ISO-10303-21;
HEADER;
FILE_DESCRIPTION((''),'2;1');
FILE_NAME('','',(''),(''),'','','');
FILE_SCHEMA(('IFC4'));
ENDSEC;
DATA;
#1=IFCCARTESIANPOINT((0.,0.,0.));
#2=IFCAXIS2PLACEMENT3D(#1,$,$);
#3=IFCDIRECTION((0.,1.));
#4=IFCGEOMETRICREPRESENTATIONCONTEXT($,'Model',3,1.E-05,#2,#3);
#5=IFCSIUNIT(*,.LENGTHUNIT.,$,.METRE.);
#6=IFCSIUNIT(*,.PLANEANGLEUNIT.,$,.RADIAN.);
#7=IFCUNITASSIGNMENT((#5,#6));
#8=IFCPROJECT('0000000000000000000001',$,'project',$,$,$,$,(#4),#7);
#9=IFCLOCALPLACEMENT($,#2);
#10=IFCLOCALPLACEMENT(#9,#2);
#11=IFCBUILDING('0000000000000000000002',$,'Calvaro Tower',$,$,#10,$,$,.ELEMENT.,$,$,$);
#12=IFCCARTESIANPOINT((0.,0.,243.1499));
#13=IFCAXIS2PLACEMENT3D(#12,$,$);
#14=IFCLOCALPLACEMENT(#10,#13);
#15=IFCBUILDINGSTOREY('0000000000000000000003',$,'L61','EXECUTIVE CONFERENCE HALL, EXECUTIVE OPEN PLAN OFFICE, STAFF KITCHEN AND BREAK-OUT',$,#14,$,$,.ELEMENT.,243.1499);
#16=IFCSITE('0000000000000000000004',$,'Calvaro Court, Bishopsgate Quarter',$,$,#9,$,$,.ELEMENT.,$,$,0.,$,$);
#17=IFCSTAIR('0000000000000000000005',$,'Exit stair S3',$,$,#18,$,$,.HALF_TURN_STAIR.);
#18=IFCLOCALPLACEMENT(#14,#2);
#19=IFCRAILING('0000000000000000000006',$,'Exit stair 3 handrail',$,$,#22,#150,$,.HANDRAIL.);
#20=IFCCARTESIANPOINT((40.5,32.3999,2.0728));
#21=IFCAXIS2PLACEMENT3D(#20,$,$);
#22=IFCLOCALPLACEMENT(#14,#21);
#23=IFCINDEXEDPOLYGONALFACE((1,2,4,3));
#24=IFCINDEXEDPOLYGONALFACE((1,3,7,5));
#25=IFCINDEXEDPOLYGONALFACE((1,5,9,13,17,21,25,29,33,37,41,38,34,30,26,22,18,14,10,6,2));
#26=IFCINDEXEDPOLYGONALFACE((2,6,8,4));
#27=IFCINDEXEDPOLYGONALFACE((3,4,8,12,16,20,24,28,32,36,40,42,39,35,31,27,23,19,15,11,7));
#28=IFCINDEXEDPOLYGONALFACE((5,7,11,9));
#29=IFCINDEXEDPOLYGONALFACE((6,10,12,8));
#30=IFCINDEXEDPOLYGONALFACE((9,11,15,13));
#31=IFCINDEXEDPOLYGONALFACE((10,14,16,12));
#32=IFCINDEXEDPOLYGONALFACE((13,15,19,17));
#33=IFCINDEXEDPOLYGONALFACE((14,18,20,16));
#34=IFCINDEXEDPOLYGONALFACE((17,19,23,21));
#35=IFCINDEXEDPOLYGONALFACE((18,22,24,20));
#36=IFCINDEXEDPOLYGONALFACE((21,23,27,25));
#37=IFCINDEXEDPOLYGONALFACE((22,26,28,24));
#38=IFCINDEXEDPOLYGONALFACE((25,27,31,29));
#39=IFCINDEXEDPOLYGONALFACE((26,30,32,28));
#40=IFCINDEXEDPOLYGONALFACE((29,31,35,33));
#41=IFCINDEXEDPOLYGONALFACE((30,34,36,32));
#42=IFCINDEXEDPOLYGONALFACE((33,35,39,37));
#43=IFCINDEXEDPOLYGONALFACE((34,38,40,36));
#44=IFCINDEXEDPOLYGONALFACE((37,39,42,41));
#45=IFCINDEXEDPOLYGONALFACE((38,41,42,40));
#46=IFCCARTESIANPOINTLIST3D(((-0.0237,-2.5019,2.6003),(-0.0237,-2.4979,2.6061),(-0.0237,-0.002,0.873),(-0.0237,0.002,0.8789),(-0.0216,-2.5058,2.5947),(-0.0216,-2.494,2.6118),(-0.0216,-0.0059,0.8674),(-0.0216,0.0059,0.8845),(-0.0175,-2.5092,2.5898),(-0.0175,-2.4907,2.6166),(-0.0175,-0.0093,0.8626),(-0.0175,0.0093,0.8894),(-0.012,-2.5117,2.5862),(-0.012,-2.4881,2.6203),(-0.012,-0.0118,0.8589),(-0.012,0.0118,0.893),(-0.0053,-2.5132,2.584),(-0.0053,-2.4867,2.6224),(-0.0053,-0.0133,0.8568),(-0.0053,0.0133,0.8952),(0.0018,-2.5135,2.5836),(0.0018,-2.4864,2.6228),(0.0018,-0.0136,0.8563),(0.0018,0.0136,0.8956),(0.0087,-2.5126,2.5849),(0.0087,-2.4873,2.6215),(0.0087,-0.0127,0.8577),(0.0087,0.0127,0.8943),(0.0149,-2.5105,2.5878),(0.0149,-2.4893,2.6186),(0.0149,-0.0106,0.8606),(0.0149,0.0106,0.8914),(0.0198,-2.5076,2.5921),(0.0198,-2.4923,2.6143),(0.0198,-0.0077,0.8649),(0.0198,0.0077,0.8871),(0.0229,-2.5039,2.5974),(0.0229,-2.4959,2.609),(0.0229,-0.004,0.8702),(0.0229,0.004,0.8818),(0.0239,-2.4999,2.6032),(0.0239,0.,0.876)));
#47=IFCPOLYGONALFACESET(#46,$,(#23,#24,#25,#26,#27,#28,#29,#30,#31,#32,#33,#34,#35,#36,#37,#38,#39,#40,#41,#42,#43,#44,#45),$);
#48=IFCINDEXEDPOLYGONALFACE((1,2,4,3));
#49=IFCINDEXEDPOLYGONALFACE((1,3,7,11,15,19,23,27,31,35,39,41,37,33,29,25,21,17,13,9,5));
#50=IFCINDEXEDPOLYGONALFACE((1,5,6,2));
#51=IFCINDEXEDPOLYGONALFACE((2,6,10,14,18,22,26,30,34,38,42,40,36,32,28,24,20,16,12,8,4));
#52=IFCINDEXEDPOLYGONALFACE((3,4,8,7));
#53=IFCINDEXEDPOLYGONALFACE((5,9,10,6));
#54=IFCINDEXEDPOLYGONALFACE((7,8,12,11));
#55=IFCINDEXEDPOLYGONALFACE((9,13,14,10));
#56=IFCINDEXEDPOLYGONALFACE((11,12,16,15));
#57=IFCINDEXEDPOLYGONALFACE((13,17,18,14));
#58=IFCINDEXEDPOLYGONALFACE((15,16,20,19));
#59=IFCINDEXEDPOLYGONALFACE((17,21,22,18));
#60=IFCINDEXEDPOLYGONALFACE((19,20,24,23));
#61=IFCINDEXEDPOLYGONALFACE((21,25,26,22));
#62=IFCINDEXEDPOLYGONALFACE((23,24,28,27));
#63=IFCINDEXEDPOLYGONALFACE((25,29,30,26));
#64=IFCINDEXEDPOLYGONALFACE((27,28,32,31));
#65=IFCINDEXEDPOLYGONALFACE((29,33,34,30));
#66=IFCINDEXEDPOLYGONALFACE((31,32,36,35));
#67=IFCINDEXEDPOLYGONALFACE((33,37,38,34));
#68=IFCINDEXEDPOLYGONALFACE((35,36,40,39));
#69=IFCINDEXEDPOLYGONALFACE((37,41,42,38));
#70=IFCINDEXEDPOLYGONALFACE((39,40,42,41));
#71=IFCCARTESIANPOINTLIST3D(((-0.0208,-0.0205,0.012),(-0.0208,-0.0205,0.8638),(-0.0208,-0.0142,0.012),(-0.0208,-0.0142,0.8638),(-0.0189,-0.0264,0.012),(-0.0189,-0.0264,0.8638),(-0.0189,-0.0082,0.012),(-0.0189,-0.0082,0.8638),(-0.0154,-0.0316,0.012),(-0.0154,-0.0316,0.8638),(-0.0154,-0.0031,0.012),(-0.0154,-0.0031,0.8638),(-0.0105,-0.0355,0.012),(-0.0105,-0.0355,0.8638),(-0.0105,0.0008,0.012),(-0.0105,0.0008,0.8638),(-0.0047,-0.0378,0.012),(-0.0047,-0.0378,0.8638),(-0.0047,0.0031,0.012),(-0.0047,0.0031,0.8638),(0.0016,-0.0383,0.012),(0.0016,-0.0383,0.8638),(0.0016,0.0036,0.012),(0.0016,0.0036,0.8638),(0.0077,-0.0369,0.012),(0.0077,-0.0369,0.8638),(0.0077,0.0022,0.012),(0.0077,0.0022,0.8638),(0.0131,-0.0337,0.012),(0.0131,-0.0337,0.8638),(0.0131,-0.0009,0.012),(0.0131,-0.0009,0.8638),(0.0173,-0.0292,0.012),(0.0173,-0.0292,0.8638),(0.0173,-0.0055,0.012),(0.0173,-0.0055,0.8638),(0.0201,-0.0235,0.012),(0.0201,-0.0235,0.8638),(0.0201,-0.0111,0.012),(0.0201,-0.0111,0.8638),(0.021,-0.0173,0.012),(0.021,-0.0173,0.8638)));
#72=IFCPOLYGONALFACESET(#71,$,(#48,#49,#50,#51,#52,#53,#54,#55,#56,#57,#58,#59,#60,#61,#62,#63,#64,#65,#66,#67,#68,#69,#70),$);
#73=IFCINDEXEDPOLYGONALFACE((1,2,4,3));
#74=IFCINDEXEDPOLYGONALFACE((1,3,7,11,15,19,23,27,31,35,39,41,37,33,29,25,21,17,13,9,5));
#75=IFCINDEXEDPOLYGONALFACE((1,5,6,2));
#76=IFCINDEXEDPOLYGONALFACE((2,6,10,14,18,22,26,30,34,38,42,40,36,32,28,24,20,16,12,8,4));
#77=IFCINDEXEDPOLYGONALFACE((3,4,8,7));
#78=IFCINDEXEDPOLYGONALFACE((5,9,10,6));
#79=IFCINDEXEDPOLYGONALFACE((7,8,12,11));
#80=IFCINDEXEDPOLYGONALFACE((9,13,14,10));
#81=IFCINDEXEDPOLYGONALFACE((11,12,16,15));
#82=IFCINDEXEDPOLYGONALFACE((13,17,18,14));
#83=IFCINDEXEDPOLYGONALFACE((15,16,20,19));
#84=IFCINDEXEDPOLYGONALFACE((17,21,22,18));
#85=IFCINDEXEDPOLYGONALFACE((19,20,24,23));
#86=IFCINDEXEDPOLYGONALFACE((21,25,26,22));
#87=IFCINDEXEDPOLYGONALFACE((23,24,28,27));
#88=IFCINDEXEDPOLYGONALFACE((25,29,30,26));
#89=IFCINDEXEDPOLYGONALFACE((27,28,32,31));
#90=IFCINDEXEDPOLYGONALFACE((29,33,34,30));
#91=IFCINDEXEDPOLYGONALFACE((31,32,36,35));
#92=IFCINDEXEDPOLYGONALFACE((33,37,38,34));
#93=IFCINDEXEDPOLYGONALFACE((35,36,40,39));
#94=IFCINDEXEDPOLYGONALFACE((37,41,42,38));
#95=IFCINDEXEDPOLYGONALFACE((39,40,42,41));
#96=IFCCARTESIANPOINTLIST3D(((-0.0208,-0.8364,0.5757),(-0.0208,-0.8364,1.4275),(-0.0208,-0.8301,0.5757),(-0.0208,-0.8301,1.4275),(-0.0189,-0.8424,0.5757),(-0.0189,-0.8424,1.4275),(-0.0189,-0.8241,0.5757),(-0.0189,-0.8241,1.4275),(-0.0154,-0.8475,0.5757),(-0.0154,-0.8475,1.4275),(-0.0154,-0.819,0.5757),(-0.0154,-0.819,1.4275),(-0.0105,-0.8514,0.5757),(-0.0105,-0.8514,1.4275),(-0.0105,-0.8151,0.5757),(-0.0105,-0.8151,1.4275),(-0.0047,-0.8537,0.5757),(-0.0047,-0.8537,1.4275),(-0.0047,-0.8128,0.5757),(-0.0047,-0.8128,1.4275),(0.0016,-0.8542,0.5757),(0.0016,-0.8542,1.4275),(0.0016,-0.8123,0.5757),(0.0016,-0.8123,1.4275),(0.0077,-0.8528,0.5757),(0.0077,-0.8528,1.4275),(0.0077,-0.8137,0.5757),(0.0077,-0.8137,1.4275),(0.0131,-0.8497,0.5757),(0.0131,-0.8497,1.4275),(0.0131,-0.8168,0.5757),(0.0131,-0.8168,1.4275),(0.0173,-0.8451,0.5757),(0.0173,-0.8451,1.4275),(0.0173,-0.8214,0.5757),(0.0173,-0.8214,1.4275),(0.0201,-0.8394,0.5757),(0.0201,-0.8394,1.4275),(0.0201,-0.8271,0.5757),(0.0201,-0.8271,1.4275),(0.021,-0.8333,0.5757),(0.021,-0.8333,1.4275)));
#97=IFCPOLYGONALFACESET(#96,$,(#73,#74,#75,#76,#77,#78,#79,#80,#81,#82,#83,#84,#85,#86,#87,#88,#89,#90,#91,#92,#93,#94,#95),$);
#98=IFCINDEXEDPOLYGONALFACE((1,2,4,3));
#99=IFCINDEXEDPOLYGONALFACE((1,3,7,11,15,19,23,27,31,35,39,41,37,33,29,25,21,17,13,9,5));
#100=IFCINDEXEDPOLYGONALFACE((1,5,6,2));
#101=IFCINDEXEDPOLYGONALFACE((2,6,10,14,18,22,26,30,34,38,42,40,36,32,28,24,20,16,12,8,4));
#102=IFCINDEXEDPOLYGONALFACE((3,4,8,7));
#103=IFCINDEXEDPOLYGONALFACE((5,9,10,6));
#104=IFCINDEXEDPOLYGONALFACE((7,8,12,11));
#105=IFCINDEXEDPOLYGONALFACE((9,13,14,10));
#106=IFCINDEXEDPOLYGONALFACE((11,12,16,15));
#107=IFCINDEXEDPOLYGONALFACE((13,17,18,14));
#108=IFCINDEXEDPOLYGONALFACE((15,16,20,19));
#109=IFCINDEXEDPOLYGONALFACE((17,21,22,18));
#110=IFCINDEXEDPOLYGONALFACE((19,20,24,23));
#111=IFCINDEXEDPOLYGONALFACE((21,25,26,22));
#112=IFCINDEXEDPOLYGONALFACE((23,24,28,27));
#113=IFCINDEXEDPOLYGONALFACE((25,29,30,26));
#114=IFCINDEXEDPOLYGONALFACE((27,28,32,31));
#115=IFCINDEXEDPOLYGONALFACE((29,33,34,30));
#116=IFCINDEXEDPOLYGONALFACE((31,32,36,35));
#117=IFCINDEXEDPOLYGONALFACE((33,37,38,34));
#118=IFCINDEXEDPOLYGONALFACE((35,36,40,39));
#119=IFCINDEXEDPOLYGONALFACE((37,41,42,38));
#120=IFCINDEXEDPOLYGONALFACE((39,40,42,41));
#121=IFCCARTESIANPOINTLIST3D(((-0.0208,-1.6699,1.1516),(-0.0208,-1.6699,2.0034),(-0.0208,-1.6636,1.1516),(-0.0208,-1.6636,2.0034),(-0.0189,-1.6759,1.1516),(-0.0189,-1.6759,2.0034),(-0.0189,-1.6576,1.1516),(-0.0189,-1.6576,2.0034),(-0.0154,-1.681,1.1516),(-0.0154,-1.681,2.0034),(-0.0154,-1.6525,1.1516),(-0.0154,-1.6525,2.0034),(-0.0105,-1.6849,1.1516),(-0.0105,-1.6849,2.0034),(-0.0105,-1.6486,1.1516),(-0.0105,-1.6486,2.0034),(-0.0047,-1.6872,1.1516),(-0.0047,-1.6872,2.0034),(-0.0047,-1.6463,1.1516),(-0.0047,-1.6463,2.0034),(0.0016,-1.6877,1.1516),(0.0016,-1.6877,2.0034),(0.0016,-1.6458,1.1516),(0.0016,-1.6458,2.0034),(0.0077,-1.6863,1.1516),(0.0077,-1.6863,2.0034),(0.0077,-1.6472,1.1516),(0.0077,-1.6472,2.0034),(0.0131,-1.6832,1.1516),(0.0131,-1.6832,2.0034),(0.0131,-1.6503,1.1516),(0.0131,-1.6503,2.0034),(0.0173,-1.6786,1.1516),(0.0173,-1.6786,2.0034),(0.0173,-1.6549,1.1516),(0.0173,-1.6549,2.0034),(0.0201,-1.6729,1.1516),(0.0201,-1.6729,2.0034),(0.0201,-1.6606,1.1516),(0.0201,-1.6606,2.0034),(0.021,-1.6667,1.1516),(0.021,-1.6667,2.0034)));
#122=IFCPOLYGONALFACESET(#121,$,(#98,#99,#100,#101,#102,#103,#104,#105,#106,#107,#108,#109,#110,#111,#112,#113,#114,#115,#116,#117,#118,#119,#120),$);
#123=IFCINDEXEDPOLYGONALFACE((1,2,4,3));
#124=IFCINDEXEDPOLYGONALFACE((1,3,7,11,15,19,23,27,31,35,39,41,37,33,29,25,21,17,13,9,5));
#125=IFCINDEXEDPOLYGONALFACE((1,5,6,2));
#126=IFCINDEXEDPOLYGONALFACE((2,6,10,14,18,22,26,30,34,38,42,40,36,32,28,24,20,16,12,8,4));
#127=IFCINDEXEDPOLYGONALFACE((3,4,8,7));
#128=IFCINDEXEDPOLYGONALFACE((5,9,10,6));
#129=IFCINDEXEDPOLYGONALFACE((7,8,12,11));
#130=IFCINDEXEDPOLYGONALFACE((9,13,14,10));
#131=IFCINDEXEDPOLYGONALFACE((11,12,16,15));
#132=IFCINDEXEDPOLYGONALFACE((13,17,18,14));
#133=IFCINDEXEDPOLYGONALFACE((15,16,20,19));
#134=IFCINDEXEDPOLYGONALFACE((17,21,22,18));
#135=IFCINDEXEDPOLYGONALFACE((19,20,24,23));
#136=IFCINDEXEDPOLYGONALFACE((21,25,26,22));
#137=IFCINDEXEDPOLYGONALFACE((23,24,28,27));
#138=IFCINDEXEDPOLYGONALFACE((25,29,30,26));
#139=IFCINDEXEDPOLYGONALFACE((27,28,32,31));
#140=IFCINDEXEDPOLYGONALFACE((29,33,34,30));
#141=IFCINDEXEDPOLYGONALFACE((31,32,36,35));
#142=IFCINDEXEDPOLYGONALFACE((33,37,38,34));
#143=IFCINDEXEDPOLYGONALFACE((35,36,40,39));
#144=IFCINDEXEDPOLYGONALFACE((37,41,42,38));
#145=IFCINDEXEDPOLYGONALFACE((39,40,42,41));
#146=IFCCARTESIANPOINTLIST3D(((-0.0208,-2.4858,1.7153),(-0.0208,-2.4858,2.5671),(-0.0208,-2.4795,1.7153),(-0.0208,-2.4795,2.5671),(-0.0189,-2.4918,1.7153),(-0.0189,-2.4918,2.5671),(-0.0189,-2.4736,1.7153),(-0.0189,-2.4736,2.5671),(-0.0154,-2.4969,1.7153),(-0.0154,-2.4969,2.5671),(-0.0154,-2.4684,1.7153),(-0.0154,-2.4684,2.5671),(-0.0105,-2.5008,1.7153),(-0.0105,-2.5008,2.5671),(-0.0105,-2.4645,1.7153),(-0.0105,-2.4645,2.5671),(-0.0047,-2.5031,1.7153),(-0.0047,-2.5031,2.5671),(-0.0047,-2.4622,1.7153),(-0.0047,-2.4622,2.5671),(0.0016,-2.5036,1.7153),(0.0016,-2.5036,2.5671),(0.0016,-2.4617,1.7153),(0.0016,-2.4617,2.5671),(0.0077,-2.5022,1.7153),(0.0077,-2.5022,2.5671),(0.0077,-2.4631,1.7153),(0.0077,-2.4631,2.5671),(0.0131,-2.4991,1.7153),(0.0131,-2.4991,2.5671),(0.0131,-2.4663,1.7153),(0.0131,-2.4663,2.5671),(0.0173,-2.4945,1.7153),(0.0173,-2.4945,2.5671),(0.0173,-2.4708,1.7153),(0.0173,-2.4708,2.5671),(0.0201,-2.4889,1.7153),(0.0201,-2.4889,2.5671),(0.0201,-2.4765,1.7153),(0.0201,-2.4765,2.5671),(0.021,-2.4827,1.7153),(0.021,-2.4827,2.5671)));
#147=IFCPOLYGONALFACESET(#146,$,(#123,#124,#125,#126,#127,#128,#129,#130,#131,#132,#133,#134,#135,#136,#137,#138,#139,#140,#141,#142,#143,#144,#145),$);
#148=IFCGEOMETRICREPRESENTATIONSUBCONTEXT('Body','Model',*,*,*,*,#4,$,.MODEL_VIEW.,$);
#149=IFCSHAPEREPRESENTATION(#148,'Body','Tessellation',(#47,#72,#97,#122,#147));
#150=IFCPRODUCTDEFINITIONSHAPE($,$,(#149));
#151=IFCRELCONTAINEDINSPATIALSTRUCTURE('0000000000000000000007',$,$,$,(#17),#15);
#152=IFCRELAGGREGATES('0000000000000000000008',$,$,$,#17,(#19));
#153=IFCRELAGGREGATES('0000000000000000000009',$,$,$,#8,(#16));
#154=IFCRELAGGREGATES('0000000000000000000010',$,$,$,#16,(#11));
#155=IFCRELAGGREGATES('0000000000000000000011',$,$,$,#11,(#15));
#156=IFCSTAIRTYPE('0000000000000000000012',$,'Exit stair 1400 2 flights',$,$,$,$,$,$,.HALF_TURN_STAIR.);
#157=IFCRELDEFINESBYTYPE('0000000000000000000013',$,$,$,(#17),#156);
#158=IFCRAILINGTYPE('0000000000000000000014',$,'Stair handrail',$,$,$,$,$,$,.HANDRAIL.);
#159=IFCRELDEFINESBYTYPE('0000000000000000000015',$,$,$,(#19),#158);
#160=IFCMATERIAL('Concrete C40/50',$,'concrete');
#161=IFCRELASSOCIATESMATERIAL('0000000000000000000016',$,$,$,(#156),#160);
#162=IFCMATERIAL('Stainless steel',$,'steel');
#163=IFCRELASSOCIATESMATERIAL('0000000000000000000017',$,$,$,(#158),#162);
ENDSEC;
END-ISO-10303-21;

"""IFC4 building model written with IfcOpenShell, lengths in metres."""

from ifc_helpers import new_model, si_unit, direction, frame, origin, origin_2d, place, context, subcontext, project, spatial, circle, extrude, material, type_object, element, aggregate, save


model = new_model("IFC4")

# Units and contexts
model_context = context("Model", 3, precision=1e-05, world=origin(), true_north=direction((0.0, 1.0)))
body_context = subcontext(model_context, "Body", "Model", "MODEL_VIEW")
ifc_project = project(units=[si_unit("LENGTHUNIT", "METRE"), si_unit("PLANEANGLEUNIT", "RADIAN")], contexts=[model_context])

# Site, building, storey
site_placement = place(None, origin())
site = spatial("IfcSite", under=ifc_project, at=site_placement, Name="Calvaro Court, Bishopsgate Quarter", CompositionType="ELEMENT", RefElevation=0.0)
building_placement = place(site_placement, origin())
building = spatial("IfcBuilding", under=site, at=building_placement, Name="Calvaro Tower", CompositionType="ELEMENT")
storey_placement = place(building_placement, frame((0.0, 0.0, 243.1499)))
storey = spatial("IfcBuildingStorey", under=building, at=storey_placement, Name="L61", Description="EXECUTIVE CONFERENCE HALL, EXECUTIVE OPEN PLAN OFFICE, STAFF KITCHEN AND BREAK-OUT", CompositionType="ELEMENT", Elevation=243.1499)

# Stair
ifc_material_1 = material(Name="Concrete C40/50", Category="concrete")
stair_type = type_object("IfcStairType", Name="Exit stair 1400 2 flights", PredefinedType="HALF_TURN_STAIR", material=ifc_material_1)
stair_1_placement = place(storey_placement, origin())
stair_1 = element("IfcStair", 1, at=stair_1_placement, inside=storey, type_object=stair_type, Name="Exit stair S3", PredefinedType="HALF_TURN_STAIR")

# Railing
ifc_material_2 = material(Name="Stainless steel", Category="steel")
railing_type = type_object("IfcRailingType", Name="Stair handrail", PredefinedType="HANDRAIL", material=ifc_material_2)
railing_1_placement = place(storey_placement, frame((40.5, 32.3999, 2.0728)))
railing_1 = element("IfcRailing", 2, at=railing_1_placement, type_object=railing_type, Name="Exit stair 3 handrail", PredefinedType="HANDRAIL", context=body_context, shape_type="SweptSolid", body=[
    extrude(circle(Radius=0.0239, at=origin_2d()), frame((0.0, 0.0, 0.876), z_axis=(0.0, -0.822727, 0.568437), x_axis=(1.0, 0.0, 0.0)), (0.0, 0.0, 1.0), 3.0386),
    extrude(circle(Radius=0.021, at=origin_2d()), frame((0.0, -0.0173, 0.012)), (0.0, 0.0, 1.0), 0.8518),
    extrude(circle(Radius=0.021, at=origin_2d()), frame((0.0, -0.8333, 0.5757)), (0.0, 0.0, 1.0), 0.8518),
    extrude(circle(Radius=0.021, at=origin_2d()), frame((0.0, -1.6667, 1.1516)), (0.0, 0.0, 1.0), 0.8518),
    extrude(circle(Radius=0.021, at=origin_2d()), frame((0.0, -2.4827, 1.7153)), (0.0, 0.0, 1.0), 0.8518),
])
aggregate(stair_1, [railing_1])

save(model, "model.ifc")
